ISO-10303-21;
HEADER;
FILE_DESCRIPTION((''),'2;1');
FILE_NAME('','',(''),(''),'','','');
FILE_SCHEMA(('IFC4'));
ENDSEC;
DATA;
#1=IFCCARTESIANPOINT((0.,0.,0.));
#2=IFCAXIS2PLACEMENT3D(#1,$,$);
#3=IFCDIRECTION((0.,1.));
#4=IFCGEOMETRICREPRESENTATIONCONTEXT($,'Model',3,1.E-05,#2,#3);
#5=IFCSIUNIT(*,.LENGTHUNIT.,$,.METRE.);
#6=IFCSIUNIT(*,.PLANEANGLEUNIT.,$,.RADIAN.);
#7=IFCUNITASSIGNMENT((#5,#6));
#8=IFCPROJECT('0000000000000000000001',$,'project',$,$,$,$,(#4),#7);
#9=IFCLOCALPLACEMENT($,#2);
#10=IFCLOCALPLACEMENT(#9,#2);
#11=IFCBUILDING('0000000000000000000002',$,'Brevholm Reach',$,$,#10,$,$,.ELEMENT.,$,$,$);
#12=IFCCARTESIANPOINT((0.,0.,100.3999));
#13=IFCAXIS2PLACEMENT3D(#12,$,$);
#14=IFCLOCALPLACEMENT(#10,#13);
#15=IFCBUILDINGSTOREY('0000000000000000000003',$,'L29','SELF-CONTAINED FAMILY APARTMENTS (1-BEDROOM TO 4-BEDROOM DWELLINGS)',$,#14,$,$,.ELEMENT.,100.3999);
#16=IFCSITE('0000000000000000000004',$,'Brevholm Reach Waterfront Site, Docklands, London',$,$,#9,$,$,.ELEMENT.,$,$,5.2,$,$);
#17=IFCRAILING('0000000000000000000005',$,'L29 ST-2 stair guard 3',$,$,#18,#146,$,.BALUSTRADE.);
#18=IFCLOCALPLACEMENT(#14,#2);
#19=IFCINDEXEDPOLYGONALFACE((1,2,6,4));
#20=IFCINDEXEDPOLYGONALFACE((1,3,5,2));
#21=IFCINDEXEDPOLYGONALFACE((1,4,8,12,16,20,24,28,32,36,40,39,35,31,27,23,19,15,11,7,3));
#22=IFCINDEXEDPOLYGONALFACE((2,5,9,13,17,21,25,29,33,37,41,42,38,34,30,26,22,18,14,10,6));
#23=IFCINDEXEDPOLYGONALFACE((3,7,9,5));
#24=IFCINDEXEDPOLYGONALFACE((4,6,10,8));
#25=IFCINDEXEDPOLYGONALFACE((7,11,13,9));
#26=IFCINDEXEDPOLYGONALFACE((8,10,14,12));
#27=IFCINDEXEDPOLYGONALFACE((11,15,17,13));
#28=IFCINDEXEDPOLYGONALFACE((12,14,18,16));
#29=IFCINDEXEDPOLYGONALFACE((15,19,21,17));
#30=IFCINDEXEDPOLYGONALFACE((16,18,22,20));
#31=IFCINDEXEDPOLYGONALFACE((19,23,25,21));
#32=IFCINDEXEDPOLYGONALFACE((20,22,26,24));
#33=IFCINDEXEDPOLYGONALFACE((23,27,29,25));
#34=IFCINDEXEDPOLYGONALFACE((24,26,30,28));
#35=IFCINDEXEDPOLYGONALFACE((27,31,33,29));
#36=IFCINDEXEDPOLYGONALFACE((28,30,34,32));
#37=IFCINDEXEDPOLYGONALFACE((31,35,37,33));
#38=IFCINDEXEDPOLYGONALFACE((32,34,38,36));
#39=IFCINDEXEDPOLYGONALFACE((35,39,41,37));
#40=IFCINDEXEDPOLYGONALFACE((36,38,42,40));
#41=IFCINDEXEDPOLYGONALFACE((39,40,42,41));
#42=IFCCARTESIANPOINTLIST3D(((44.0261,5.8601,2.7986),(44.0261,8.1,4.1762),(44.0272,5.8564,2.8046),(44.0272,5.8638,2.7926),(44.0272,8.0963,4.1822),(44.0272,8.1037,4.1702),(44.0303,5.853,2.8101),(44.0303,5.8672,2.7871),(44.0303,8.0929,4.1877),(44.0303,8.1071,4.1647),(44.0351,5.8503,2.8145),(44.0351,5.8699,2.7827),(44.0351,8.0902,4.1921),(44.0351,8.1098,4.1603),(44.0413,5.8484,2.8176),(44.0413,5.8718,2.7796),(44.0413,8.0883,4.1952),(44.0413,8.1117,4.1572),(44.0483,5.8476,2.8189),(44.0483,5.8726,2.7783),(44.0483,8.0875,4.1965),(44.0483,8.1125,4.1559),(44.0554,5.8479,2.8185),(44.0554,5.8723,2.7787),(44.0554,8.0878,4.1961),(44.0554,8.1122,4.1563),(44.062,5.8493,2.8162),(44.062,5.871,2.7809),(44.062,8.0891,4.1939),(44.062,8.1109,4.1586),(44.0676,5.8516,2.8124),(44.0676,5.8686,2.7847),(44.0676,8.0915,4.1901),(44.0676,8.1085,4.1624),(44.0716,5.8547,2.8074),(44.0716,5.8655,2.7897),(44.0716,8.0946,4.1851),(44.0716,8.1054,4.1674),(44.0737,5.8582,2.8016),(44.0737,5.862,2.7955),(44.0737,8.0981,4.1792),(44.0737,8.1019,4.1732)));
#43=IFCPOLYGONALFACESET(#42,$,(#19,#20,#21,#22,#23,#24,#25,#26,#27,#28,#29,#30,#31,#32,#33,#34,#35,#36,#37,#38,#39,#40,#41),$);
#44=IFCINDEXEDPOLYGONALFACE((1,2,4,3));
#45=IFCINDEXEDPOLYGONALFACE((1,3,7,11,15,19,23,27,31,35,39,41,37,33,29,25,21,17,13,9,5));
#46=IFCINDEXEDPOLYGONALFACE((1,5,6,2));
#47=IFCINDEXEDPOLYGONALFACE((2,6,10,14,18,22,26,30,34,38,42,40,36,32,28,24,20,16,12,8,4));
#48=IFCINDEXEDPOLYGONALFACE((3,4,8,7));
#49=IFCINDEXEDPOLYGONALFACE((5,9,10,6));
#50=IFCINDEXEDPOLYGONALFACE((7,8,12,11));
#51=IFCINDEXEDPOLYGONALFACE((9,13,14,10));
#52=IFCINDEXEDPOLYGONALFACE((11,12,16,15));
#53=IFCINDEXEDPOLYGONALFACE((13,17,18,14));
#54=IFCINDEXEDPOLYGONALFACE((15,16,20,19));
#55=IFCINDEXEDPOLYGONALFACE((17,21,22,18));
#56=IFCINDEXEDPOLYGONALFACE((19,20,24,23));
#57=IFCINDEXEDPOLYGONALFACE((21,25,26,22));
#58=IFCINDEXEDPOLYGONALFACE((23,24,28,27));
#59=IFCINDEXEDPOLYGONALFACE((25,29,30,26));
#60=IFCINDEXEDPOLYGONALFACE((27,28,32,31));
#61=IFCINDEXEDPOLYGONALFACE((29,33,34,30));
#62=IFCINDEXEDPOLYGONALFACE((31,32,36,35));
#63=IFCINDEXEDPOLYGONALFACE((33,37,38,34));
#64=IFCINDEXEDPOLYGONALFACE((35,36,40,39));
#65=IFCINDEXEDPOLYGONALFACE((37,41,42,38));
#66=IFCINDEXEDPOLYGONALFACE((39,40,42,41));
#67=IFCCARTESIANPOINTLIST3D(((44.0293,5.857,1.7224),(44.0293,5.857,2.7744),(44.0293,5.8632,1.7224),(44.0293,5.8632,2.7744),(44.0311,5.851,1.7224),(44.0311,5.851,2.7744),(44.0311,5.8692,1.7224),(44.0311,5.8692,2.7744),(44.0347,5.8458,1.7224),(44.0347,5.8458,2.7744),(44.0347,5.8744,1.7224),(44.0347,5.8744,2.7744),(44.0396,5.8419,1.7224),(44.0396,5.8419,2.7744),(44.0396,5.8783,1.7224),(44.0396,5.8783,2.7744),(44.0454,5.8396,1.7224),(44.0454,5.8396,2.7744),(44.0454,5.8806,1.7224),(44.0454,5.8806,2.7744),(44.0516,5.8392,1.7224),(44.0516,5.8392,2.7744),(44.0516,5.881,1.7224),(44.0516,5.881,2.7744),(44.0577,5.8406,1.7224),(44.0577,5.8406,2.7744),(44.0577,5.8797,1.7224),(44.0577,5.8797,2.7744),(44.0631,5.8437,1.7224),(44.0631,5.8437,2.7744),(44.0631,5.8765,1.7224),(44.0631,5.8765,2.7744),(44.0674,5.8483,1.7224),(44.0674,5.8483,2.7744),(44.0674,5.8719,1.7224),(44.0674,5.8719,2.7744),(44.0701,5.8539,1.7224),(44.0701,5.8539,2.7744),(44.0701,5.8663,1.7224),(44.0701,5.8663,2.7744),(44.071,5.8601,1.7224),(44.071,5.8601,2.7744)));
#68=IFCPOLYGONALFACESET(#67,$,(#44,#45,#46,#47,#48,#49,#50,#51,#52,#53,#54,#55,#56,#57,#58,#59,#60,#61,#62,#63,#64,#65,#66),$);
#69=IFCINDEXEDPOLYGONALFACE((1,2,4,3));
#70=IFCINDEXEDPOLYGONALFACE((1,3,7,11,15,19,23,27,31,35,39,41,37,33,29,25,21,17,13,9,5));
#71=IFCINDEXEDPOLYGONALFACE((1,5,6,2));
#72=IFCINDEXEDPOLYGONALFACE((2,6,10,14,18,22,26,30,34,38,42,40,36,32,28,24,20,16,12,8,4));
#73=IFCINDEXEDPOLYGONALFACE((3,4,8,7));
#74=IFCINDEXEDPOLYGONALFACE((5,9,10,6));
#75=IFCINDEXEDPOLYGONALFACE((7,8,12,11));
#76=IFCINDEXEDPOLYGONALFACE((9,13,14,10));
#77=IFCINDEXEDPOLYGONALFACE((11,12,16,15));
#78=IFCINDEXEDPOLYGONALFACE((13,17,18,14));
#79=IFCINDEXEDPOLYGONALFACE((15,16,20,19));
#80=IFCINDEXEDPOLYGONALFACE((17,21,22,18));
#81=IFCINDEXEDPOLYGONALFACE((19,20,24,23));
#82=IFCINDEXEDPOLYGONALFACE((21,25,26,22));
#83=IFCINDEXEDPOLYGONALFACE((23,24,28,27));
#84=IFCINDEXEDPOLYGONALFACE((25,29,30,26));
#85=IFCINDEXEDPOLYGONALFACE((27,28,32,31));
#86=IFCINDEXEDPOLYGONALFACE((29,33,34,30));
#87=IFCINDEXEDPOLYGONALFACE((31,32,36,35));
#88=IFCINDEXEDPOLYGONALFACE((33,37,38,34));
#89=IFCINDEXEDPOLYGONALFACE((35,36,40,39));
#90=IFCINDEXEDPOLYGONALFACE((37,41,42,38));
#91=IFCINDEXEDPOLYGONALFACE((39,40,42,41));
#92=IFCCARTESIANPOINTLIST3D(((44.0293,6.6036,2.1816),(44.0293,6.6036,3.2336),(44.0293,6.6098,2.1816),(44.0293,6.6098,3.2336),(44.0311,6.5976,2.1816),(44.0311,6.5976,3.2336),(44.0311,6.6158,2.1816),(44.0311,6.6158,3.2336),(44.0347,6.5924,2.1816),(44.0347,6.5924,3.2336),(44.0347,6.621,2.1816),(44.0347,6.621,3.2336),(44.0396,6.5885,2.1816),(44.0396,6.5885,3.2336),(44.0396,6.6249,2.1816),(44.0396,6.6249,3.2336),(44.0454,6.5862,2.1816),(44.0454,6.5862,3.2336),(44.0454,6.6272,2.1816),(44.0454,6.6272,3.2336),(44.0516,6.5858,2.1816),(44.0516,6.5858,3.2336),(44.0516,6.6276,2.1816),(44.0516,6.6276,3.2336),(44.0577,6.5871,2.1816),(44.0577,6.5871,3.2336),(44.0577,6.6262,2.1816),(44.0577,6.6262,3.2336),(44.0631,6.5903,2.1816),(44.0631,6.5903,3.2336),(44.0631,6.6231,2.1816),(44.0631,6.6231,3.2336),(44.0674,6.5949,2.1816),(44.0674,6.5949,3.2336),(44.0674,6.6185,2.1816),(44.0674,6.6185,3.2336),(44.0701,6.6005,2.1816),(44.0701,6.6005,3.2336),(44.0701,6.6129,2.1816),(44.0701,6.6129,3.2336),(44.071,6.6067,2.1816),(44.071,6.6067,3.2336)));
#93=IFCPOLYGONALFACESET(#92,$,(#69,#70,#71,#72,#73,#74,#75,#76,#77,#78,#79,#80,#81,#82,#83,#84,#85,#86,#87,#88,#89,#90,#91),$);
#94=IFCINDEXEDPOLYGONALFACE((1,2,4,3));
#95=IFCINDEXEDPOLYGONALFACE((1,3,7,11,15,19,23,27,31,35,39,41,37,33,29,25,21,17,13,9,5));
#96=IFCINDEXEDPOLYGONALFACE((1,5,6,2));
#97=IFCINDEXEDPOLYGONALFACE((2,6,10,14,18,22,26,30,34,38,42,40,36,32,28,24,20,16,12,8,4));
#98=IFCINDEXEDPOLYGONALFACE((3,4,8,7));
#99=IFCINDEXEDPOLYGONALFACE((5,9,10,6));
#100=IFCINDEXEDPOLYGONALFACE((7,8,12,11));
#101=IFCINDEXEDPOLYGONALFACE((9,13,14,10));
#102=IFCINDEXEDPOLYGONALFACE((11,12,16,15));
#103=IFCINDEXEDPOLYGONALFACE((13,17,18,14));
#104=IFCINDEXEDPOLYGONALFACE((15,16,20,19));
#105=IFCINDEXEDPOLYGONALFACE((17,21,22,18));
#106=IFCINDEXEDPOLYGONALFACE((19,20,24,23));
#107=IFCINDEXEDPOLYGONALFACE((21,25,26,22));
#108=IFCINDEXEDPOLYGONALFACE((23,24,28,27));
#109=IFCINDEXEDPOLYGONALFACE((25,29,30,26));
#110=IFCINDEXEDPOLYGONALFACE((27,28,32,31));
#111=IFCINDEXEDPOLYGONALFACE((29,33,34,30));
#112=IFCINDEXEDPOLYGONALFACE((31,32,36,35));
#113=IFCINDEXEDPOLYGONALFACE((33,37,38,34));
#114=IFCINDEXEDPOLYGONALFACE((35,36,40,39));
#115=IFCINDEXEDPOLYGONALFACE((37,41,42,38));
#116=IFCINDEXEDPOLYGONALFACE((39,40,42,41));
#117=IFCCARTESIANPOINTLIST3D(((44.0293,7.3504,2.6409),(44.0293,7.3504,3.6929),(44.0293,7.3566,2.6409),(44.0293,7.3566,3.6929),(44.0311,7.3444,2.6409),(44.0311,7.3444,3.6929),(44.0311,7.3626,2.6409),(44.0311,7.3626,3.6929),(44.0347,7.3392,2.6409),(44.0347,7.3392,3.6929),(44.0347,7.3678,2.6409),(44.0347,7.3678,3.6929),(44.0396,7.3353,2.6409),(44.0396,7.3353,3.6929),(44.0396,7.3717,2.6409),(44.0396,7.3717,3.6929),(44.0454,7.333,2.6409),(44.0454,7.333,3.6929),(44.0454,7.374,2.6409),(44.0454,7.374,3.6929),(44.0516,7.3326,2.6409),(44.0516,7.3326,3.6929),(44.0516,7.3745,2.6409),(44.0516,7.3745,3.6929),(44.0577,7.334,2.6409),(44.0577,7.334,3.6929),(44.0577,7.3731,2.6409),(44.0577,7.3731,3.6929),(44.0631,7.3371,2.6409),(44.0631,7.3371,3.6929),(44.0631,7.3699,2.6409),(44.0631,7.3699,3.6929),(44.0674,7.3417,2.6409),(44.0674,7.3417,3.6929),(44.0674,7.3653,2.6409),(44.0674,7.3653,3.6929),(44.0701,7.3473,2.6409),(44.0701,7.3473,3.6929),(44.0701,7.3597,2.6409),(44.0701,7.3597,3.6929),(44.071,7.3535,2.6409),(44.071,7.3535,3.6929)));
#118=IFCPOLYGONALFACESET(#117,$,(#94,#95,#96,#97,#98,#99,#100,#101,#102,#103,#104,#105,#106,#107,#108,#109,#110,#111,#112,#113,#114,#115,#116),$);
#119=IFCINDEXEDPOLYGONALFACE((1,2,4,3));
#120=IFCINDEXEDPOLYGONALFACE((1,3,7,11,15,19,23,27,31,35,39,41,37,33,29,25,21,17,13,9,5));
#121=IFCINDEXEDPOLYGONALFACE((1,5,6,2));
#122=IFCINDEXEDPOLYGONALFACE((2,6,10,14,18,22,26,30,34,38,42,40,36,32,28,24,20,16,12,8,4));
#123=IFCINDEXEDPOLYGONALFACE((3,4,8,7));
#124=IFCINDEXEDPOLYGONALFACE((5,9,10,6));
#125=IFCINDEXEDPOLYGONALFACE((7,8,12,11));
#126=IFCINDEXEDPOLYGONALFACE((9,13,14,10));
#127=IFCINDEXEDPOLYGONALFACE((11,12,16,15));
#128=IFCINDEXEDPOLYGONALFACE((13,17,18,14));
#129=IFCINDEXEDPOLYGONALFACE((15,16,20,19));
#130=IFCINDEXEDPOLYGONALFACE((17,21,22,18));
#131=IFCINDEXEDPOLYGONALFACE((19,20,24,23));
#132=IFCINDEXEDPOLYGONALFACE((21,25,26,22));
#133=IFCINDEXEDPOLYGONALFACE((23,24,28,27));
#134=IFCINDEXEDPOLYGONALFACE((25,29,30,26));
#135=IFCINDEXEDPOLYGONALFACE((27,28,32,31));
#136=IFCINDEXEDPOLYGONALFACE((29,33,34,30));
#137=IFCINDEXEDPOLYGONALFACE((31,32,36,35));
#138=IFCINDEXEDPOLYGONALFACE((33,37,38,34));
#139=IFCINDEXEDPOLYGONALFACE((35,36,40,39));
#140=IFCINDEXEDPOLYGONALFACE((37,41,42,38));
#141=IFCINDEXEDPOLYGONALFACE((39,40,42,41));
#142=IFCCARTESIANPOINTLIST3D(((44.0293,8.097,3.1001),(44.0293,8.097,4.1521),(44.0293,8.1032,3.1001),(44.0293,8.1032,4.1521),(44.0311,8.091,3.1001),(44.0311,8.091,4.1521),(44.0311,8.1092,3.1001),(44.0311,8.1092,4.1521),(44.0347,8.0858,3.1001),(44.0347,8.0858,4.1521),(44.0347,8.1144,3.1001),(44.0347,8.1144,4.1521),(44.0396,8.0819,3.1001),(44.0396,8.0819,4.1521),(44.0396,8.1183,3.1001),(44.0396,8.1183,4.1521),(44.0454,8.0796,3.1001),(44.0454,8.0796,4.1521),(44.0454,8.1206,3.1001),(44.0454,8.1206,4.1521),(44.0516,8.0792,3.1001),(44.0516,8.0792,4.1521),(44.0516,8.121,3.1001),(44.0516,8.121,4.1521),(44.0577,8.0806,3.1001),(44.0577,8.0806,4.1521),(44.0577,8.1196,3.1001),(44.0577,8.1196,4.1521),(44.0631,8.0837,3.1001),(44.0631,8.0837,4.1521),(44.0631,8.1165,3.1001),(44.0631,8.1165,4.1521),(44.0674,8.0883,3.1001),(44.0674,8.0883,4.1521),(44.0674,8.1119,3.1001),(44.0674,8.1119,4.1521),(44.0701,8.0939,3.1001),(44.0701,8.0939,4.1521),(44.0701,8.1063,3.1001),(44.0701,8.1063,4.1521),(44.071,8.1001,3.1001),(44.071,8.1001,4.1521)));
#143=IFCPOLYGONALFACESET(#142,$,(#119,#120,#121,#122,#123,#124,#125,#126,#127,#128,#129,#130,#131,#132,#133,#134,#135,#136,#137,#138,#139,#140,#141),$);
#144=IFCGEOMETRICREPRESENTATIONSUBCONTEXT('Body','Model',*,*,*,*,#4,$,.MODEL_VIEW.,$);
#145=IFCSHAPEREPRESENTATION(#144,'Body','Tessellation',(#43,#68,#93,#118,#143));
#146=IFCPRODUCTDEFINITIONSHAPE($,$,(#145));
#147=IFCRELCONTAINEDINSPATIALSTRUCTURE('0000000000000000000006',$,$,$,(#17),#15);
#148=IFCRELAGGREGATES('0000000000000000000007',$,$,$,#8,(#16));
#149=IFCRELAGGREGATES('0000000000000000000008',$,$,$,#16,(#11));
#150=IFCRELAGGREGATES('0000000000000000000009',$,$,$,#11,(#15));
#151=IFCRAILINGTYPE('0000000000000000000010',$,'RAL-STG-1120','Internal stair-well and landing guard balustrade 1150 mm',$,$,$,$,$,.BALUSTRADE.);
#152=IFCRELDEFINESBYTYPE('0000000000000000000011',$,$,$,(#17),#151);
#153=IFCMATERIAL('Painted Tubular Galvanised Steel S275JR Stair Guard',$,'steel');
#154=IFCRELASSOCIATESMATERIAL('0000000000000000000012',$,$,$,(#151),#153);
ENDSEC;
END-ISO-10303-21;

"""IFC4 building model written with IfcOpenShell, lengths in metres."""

from ifc_helpers import new_model, si_unit, direction, frame, origin, origin_2d, place, context, subcontext, project, spatial, circle, extrude, material, type_object, element, save


model = new_model("IFC4")

# Units and contexts
model_context = context("Model", 3, precision=1e-05, world=origin(), true_north=direction((0.0, 1.0)))
body_context = subcontext(model_context, "Body", "Model", "MODEL_VIEW")
ifc_project = project(units=[si_unit("LENGTHUNIT", "METRE"), si_unit("PLANEANGLEUNIT", "RADIAN")], contexts=[model_context])

# Site, building, storey
site_placement = place(None, origin())
site = spatial("IfcSite", under=ifc_project, at=site_placement, Name="Brevholm Reach Waterfront Site, Docklands, London", CompositionType="ELEMENT", RefElevation=5.2)
building_placement = place(site_placement, origin())
building = spatial("IfcBuilding", under=site, at=building_placement, Name="Brevholm Reach", CompositionType="ELEMENT")
storey_placement = place(building_placement, frame((0.0, 0.0, 100.3999)))
storey = spatial("IfcBuildingStorey", under=building, at=storey_placement, Name="L29", Description="SELF-CONTAINED FAMILY APARTMENTS (1-BEDROOM TO 4-BEDROOM DWELLINGS)", CompositionType="ELEMENT", Elevation=100.3999)

# Railing
ifc_material_1 = material(Name="Painted Tubular Galvanised Steel S275JR Stair Guard", Category="steel")
railing_type_1 = type_object("IfcRailingType", Name="RAL-STG-1120", Description="Internal stair-well and landing guard balustrade 1150 mm", PredefinedType="BALUSTRADE", material=ifc_material_1)
railing_1_placement = place(storey_placement, frame((44.05, 5.8601, 1.7224)))
element("IfcRailing", 1, at=railing_1_placement, inside=storey, type_object=railing_type_1, Name="L29 ST-2 stair guard 3", PredefinedType="BALUSTRADE", context=body_context, shape_type="SweptSolid", body=[
    extrude(circle(Radius=0.0239, at=origin_2d()), frame((0.0, 0.0, 1.0762), z_axis=(0.0, 0.851789, 0.523885), x_axis=(-1.0, 0.0, 0.0)), (0.0, 0.0, 1.0), 2.6296),
    extrude(circle(Radius=0.021, at=origin_2d()), origin(), (0.0, 0.0, 1.0), 1.052),
    extrude(circle(Radius=0.021, at=origin_2d()), frame((0.0, 0.7466, 0.4592)), (0.0, 0.0, 1.0), 1.052),
    extrude(circle(Radius=0.021, at=origin_2d()), frame((0.0, 1.4934, 0.9185)), (0.0, 0.0, 1.0), 1.052),
    extrude(circle(Radius=0.021, at=origin_2d()), frame((0.0, 2.24, 1.3777)), (0.0, 0.0, 1.0), 1.052),
])

save(model, "model.ifc")
